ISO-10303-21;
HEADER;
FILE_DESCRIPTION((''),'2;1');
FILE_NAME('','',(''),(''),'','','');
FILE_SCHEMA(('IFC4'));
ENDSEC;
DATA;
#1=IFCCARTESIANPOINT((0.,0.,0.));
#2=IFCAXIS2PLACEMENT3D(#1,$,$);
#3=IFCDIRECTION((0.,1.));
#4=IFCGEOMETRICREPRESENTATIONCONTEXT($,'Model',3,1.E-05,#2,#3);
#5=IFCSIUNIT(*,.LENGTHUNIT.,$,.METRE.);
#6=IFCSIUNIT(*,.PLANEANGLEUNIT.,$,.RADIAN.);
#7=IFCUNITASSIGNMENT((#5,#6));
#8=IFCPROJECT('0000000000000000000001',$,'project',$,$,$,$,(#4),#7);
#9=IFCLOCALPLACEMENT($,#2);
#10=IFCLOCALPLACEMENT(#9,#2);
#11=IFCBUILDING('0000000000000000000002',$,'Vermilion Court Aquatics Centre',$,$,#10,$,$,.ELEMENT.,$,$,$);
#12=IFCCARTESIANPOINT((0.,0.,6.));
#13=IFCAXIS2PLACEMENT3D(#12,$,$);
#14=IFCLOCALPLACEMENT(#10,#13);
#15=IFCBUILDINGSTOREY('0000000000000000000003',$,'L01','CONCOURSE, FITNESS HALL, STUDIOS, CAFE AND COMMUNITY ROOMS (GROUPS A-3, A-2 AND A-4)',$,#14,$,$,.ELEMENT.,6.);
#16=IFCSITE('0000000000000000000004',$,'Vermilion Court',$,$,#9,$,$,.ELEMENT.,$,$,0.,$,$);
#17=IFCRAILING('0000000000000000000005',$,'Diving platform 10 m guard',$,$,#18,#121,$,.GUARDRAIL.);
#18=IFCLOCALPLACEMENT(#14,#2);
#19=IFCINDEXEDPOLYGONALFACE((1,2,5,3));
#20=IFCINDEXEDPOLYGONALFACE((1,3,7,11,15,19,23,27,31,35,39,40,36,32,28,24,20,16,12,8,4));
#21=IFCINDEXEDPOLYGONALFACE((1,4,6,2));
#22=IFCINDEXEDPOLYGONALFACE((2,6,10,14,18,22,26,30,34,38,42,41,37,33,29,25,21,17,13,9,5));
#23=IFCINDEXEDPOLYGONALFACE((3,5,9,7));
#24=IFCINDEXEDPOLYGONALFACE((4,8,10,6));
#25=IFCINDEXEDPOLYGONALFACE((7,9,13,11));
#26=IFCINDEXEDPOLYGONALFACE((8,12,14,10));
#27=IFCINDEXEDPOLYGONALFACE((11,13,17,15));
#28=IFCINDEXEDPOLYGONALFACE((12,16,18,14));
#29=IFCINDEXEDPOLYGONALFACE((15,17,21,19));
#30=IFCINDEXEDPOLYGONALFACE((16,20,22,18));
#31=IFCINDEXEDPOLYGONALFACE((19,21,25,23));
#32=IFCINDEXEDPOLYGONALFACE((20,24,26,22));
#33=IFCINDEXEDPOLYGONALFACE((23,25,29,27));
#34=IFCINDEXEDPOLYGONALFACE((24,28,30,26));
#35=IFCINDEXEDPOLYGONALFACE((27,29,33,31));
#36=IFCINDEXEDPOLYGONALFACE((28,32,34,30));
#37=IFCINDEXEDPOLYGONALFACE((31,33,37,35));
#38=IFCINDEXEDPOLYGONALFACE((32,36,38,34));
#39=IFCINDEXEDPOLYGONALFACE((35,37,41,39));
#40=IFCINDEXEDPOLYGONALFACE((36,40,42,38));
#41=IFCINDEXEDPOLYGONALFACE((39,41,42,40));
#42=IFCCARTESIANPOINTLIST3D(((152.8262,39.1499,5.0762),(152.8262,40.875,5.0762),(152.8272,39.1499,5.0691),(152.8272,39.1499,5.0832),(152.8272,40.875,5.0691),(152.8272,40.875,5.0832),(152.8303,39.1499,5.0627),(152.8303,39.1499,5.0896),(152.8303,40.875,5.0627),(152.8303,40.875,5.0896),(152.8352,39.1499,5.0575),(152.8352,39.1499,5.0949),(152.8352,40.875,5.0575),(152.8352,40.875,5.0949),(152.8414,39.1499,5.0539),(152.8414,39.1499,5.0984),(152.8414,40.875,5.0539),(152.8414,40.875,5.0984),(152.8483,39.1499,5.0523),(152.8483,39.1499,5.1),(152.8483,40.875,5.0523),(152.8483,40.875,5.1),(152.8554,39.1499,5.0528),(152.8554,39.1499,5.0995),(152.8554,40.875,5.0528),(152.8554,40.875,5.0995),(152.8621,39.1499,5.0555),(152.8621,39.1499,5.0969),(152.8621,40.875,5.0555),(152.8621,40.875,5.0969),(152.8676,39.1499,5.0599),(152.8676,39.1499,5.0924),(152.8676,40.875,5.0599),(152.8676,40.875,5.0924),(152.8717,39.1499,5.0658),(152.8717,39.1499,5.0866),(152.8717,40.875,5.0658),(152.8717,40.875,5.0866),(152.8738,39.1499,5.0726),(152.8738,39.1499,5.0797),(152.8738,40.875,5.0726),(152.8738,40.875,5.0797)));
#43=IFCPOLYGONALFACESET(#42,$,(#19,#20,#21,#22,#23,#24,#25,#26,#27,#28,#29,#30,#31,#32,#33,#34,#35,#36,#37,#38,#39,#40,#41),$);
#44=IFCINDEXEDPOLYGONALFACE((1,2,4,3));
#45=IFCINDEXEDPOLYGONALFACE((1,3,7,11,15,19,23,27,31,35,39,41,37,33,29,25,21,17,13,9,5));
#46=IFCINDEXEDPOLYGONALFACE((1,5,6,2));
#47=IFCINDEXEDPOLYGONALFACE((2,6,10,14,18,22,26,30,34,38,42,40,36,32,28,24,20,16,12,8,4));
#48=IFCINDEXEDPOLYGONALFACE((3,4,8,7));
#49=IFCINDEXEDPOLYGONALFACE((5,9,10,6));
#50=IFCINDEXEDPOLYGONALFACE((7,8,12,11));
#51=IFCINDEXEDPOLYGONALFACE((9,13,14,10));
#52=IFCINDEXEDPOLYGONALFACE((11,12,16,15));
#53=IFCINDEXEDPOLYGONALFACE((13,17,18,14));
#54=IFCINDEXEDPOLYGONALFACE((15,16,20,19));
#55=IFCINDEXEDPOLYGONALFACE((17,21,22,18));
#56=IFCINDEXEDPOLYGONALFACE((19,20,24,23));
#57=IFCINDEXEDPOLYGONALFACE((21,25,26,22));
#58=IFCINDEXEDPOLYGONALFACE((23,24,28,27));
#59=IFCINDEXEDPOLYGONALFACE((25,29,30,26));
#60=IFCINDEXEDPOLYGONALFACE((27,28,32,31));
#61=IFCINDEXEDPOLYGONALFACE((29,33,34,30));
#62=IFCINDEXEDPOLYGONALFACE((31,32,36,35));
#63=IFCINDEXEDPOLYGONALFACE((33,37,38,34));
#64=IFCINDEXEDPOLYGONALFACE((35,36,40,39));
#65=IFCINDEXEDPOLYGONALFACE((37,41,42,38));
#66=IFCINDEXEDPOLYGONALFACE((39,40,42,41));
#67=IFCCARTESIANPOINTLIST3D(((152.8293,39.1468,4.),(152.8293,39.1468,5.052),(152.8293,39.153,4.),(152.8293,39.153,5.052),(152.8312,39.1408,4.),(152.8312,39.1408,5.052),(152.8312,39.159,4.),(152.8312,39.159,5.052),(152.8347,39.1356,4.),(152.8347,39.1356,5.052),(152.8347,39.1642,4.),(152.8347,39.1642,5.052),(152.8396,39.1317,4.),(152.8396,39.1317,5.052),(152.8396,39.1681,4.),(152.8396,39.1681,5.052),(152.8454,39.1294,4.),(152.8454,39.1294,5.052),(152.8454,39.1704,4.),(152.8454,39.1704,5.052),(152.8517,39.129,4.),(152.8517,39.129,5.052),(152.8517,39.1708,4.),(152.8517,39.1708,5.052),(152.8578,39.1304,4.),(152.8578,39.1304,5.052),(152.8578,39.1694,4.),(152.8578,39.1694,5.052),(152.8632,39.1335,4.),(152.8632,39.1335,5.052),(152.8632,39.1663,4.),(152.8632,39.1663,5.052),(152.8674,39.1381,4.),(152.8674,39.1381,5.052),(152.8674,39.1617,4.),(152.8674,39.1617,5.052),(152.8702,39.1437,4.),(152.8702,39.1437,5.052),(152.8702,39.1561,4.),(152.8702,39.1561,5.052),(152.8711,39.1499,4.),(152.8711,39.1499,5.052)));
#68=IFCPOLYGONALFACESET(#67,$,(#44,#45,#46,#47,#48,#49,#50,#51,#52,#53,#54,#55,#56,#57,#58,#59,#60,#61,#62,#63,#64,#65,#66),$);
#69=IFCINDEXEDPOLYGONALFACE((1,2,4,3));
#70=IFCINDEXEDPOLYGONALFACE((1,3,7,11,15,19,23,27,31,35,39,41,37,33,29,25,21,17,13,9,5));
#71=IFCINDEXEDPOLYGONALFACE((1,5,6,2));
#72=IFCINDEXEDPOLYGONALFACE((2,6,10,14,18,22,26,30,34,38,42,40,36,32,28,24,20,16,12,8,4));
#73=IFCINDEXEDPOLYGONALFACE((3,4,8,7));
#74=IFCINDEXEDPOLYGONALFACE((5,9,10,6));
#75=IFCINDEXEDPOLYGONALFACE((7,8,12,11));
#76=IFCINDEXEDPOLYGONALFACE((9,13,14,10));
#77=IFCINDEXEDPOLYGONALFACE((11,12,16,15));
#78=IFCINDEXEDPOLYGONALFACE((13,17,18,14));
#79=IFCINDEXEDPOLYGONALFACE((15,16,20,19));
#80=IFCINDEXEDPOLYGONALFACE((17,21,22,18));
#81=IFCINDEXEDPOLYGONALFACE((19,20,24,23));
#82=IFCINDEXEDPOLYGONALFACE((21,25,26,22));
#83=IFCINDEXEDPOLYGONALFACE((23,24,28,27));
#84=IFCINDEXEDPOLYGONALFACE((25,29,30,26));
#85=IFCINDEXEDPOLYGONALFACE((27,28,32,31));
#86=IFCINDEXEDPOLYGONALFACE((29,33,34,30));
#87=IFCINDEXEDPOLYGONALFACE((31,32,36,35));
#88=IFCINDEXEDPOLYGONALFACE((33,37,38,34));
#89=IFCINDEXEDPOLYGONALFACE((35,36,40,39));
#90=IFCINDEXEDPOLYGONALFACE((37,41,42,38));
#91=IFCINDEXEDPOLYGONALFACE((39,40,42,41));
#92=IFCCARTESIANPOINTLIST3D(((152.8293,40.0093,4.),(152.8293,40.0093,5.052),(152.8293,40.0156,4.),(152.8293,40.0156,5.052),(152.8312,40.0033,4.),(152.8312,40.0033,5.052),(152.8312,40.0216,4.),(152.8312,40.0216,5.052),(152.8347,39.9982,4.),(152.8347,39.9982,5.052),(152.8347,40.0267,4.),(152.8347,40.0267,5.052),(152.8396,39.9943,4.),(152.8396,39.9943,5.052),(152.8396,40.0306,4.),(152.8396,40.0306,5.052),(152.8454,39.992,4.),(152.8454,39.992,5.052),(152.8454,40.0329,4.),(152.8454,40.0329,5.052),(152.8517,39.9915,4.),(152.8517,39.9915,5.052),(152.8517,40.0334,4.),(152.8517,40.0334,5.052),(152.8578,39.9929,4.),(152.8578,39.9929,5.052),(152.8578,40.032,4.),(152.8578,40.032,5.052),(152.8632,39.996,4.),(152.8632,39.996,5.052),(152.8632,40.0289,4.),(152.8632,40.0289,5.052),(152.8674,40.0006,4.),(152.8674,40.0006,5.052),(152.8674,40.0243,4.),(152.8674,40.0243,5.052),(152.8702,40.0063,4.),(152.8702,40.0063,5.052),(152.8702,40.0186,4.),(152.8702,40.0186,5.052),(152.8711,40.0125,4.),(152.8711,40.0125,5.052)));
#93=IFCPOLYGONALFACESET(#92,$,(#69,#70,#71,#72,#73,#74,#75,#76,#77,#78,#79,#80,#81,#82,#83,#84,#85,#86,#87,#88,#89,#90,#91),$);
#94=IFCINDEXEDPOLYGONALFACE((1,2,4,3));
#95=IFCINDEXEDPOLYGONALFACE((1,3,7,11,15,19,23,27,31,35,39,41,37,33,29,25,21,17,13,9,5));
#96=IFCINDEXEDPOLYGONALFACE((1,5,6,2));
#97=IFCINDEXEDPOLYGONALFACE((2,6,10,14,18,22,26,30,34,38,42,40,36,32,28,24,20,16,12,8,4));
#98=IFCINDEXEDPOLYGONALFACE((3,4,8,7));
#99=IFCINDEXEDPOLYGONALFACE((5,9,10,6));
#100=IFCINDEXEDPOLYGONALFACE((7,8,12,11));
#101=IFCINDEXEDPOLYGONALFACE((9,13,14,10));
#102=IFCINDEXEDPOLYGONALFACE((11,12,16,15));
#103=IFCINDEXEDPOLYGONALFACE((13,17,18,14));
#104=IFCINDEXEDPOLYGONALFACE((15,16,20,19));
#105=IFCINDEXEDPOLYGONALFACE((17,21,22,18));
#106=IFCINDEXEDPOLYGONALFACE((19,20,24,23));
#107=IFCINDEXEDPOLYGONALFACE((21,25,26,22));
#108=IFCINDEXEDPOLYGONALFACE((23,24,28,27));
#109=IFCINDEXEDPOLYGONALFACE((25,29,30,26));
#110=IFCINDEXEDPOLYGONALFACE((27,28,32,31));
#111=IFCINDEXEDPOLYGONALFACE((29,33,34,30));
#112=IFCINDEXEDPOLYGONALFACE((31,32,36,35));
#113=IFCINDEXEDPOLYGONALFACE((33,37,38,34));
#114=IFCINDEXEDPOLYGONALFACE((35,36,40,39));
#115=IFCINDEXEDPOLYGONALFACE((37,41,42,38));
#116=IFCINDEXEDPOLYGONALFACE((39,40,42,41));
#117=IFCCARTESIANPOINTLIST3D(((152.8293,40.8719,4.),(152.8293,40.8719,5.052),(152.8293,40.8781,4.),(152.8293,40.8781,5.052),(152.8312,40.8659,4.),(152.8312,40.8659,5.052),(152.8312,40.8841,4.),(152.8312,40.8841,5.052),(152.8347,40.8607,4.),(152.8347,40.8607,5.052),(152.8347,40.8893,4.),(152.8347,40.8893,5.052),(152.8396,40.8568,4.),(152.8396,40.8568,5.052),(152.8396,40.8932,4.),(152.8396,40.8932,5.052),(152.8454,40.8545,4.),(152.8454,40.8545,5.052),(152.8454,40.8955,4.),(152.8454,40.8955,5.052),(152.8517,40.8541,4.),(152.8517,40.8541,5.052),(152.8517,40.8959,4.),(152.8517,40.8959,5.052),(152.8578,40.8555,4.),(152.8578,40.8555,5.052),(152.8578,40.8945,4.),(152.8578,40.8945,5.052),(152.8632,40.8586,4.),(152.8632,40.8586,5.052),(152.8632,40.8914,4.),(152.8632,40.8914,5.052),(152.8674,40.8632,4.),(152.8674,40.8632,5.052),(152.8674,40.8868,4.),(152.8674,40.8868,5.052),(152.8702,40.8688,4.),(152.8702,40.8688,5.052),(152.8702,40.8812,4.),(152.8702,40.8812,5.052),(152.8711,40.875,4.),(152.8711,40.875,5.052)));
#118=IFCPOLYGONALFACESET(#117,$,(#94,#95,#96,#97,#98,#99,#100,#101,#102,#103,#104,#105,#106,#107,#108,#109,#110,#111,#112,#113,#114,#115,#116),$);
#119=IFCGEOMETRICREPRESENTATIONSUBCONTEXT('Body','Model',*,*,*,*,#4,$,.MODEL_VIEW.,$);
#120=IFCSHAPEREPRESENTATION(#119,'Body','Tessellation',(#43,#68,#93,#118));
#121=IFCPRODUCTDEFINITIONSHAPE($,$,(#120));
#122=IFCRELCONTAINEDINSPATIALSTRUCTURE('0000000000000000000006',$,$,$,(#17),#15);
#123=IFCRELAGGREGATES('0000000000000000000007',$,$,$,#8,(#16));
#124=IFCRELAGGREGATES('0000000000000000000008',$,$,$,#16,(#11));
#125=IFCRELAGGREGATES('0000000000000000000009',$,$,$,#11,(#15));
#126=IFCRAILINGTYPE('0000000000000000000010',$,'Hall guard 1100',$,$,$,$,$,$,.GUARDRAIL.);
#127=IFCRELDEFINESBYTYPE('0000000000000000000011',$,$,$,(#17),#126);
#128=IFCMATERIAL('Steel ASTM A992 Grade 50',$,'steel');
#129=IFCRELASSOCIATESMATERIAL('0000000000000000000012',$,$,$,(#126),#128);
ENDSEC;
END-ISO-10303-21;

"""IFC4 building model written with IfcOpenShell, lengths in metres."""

from ifc_helpers import new_model, si_unit, direction, frame, origin, origin_2d, place, context, subcontext, project, spatial, circle, extrude, material, type_object, element, save


model = new_model("IFC4")

# Units and contexts
model_context = context("Model", 3, precision=1e-05, world=origin(), true_north=direction((0.0, 1.0)))
body_context = subcontext(model_context, "Body", "Model", "MODEL_VIEW")
ifc_project = project(units=[si_unit("LENGTHUNIT", "METRE"), si_unit("PLANEANGLEUNIT", "RADIAN")], contexts=[model_context])

# Site, building, storey
site_placement = place(None, origin())
site = spatial("IfcSite", under=ifc_project, at=site_placement, Name="Vermilion Court", CompositionType="ELEMENT", RefElevation=0.0)
building_placement = place(site_placement, origin())
building = spatial("IfcBuilding", under=site, at=building_placement, Name="Vermilion Court Aquatics Centre", CompositionType="ELEMENT")
storey_placement = place(building_placement, frame((0.0, 0.0, 6.0)))
storey = spatial("IfcBuildingStorey", under=building, at=storey_placement, Name="L01", Description="CONCOURSE, FITNESS HALL, STUDIOS, CAFE AND COMMUNITY ROOMS (GROUPS A-3, A-2 AND A-4)", CompositionType="ELEMENT", Elevation=6.0)

# Railing
ifc_material_1 = material(Name="Steel ASTM A992 Grade 50", Category="steel")
railing_type_1 = type_object("IfcRailingType", Name="Hall guard 1100", PredefinedType="GUARDRAIL", material=ifc_material_1)
railing_1_placement = place(storey_placement, frame((152.8501, 39.1499, 4.0)))
element("IfcRailing", 1, at=railing_1_placement, inside=storey, type_object=railing_type_1, Name="Diving platform 10 m guard", PredefinedType="GUARDRAIL", context=body_context, shape_type="SweptSolid", body=[
    extrude(circle(Radius=0.0239, at=origin_2d()), frame((0.0, 0.0, 1.0762), z_axis=(0.0, 1.0, 0.0), x_axis=(-1.0, 0.0, 0.0)), (0.0, 0.0, 1.0), 1.7251),
    extrude(circle(Radius=0.021, at=origin_2d()), origin(), (0.0, 0.0, 1.0), 1.052),
    extrude(circle(Radius=0.021, at=origin_2d()), frame((0.0, 0.8625, 0.0)), (0.0, 0.0, 1.0), 1.052),
    extrude(circle(Radius=0.021, at=origin_2d()), frame((0.0, 1.7251, 0.0)), (0.0, 0.0, 1.0), 1.052),
])

save(model, "model.ifc")
